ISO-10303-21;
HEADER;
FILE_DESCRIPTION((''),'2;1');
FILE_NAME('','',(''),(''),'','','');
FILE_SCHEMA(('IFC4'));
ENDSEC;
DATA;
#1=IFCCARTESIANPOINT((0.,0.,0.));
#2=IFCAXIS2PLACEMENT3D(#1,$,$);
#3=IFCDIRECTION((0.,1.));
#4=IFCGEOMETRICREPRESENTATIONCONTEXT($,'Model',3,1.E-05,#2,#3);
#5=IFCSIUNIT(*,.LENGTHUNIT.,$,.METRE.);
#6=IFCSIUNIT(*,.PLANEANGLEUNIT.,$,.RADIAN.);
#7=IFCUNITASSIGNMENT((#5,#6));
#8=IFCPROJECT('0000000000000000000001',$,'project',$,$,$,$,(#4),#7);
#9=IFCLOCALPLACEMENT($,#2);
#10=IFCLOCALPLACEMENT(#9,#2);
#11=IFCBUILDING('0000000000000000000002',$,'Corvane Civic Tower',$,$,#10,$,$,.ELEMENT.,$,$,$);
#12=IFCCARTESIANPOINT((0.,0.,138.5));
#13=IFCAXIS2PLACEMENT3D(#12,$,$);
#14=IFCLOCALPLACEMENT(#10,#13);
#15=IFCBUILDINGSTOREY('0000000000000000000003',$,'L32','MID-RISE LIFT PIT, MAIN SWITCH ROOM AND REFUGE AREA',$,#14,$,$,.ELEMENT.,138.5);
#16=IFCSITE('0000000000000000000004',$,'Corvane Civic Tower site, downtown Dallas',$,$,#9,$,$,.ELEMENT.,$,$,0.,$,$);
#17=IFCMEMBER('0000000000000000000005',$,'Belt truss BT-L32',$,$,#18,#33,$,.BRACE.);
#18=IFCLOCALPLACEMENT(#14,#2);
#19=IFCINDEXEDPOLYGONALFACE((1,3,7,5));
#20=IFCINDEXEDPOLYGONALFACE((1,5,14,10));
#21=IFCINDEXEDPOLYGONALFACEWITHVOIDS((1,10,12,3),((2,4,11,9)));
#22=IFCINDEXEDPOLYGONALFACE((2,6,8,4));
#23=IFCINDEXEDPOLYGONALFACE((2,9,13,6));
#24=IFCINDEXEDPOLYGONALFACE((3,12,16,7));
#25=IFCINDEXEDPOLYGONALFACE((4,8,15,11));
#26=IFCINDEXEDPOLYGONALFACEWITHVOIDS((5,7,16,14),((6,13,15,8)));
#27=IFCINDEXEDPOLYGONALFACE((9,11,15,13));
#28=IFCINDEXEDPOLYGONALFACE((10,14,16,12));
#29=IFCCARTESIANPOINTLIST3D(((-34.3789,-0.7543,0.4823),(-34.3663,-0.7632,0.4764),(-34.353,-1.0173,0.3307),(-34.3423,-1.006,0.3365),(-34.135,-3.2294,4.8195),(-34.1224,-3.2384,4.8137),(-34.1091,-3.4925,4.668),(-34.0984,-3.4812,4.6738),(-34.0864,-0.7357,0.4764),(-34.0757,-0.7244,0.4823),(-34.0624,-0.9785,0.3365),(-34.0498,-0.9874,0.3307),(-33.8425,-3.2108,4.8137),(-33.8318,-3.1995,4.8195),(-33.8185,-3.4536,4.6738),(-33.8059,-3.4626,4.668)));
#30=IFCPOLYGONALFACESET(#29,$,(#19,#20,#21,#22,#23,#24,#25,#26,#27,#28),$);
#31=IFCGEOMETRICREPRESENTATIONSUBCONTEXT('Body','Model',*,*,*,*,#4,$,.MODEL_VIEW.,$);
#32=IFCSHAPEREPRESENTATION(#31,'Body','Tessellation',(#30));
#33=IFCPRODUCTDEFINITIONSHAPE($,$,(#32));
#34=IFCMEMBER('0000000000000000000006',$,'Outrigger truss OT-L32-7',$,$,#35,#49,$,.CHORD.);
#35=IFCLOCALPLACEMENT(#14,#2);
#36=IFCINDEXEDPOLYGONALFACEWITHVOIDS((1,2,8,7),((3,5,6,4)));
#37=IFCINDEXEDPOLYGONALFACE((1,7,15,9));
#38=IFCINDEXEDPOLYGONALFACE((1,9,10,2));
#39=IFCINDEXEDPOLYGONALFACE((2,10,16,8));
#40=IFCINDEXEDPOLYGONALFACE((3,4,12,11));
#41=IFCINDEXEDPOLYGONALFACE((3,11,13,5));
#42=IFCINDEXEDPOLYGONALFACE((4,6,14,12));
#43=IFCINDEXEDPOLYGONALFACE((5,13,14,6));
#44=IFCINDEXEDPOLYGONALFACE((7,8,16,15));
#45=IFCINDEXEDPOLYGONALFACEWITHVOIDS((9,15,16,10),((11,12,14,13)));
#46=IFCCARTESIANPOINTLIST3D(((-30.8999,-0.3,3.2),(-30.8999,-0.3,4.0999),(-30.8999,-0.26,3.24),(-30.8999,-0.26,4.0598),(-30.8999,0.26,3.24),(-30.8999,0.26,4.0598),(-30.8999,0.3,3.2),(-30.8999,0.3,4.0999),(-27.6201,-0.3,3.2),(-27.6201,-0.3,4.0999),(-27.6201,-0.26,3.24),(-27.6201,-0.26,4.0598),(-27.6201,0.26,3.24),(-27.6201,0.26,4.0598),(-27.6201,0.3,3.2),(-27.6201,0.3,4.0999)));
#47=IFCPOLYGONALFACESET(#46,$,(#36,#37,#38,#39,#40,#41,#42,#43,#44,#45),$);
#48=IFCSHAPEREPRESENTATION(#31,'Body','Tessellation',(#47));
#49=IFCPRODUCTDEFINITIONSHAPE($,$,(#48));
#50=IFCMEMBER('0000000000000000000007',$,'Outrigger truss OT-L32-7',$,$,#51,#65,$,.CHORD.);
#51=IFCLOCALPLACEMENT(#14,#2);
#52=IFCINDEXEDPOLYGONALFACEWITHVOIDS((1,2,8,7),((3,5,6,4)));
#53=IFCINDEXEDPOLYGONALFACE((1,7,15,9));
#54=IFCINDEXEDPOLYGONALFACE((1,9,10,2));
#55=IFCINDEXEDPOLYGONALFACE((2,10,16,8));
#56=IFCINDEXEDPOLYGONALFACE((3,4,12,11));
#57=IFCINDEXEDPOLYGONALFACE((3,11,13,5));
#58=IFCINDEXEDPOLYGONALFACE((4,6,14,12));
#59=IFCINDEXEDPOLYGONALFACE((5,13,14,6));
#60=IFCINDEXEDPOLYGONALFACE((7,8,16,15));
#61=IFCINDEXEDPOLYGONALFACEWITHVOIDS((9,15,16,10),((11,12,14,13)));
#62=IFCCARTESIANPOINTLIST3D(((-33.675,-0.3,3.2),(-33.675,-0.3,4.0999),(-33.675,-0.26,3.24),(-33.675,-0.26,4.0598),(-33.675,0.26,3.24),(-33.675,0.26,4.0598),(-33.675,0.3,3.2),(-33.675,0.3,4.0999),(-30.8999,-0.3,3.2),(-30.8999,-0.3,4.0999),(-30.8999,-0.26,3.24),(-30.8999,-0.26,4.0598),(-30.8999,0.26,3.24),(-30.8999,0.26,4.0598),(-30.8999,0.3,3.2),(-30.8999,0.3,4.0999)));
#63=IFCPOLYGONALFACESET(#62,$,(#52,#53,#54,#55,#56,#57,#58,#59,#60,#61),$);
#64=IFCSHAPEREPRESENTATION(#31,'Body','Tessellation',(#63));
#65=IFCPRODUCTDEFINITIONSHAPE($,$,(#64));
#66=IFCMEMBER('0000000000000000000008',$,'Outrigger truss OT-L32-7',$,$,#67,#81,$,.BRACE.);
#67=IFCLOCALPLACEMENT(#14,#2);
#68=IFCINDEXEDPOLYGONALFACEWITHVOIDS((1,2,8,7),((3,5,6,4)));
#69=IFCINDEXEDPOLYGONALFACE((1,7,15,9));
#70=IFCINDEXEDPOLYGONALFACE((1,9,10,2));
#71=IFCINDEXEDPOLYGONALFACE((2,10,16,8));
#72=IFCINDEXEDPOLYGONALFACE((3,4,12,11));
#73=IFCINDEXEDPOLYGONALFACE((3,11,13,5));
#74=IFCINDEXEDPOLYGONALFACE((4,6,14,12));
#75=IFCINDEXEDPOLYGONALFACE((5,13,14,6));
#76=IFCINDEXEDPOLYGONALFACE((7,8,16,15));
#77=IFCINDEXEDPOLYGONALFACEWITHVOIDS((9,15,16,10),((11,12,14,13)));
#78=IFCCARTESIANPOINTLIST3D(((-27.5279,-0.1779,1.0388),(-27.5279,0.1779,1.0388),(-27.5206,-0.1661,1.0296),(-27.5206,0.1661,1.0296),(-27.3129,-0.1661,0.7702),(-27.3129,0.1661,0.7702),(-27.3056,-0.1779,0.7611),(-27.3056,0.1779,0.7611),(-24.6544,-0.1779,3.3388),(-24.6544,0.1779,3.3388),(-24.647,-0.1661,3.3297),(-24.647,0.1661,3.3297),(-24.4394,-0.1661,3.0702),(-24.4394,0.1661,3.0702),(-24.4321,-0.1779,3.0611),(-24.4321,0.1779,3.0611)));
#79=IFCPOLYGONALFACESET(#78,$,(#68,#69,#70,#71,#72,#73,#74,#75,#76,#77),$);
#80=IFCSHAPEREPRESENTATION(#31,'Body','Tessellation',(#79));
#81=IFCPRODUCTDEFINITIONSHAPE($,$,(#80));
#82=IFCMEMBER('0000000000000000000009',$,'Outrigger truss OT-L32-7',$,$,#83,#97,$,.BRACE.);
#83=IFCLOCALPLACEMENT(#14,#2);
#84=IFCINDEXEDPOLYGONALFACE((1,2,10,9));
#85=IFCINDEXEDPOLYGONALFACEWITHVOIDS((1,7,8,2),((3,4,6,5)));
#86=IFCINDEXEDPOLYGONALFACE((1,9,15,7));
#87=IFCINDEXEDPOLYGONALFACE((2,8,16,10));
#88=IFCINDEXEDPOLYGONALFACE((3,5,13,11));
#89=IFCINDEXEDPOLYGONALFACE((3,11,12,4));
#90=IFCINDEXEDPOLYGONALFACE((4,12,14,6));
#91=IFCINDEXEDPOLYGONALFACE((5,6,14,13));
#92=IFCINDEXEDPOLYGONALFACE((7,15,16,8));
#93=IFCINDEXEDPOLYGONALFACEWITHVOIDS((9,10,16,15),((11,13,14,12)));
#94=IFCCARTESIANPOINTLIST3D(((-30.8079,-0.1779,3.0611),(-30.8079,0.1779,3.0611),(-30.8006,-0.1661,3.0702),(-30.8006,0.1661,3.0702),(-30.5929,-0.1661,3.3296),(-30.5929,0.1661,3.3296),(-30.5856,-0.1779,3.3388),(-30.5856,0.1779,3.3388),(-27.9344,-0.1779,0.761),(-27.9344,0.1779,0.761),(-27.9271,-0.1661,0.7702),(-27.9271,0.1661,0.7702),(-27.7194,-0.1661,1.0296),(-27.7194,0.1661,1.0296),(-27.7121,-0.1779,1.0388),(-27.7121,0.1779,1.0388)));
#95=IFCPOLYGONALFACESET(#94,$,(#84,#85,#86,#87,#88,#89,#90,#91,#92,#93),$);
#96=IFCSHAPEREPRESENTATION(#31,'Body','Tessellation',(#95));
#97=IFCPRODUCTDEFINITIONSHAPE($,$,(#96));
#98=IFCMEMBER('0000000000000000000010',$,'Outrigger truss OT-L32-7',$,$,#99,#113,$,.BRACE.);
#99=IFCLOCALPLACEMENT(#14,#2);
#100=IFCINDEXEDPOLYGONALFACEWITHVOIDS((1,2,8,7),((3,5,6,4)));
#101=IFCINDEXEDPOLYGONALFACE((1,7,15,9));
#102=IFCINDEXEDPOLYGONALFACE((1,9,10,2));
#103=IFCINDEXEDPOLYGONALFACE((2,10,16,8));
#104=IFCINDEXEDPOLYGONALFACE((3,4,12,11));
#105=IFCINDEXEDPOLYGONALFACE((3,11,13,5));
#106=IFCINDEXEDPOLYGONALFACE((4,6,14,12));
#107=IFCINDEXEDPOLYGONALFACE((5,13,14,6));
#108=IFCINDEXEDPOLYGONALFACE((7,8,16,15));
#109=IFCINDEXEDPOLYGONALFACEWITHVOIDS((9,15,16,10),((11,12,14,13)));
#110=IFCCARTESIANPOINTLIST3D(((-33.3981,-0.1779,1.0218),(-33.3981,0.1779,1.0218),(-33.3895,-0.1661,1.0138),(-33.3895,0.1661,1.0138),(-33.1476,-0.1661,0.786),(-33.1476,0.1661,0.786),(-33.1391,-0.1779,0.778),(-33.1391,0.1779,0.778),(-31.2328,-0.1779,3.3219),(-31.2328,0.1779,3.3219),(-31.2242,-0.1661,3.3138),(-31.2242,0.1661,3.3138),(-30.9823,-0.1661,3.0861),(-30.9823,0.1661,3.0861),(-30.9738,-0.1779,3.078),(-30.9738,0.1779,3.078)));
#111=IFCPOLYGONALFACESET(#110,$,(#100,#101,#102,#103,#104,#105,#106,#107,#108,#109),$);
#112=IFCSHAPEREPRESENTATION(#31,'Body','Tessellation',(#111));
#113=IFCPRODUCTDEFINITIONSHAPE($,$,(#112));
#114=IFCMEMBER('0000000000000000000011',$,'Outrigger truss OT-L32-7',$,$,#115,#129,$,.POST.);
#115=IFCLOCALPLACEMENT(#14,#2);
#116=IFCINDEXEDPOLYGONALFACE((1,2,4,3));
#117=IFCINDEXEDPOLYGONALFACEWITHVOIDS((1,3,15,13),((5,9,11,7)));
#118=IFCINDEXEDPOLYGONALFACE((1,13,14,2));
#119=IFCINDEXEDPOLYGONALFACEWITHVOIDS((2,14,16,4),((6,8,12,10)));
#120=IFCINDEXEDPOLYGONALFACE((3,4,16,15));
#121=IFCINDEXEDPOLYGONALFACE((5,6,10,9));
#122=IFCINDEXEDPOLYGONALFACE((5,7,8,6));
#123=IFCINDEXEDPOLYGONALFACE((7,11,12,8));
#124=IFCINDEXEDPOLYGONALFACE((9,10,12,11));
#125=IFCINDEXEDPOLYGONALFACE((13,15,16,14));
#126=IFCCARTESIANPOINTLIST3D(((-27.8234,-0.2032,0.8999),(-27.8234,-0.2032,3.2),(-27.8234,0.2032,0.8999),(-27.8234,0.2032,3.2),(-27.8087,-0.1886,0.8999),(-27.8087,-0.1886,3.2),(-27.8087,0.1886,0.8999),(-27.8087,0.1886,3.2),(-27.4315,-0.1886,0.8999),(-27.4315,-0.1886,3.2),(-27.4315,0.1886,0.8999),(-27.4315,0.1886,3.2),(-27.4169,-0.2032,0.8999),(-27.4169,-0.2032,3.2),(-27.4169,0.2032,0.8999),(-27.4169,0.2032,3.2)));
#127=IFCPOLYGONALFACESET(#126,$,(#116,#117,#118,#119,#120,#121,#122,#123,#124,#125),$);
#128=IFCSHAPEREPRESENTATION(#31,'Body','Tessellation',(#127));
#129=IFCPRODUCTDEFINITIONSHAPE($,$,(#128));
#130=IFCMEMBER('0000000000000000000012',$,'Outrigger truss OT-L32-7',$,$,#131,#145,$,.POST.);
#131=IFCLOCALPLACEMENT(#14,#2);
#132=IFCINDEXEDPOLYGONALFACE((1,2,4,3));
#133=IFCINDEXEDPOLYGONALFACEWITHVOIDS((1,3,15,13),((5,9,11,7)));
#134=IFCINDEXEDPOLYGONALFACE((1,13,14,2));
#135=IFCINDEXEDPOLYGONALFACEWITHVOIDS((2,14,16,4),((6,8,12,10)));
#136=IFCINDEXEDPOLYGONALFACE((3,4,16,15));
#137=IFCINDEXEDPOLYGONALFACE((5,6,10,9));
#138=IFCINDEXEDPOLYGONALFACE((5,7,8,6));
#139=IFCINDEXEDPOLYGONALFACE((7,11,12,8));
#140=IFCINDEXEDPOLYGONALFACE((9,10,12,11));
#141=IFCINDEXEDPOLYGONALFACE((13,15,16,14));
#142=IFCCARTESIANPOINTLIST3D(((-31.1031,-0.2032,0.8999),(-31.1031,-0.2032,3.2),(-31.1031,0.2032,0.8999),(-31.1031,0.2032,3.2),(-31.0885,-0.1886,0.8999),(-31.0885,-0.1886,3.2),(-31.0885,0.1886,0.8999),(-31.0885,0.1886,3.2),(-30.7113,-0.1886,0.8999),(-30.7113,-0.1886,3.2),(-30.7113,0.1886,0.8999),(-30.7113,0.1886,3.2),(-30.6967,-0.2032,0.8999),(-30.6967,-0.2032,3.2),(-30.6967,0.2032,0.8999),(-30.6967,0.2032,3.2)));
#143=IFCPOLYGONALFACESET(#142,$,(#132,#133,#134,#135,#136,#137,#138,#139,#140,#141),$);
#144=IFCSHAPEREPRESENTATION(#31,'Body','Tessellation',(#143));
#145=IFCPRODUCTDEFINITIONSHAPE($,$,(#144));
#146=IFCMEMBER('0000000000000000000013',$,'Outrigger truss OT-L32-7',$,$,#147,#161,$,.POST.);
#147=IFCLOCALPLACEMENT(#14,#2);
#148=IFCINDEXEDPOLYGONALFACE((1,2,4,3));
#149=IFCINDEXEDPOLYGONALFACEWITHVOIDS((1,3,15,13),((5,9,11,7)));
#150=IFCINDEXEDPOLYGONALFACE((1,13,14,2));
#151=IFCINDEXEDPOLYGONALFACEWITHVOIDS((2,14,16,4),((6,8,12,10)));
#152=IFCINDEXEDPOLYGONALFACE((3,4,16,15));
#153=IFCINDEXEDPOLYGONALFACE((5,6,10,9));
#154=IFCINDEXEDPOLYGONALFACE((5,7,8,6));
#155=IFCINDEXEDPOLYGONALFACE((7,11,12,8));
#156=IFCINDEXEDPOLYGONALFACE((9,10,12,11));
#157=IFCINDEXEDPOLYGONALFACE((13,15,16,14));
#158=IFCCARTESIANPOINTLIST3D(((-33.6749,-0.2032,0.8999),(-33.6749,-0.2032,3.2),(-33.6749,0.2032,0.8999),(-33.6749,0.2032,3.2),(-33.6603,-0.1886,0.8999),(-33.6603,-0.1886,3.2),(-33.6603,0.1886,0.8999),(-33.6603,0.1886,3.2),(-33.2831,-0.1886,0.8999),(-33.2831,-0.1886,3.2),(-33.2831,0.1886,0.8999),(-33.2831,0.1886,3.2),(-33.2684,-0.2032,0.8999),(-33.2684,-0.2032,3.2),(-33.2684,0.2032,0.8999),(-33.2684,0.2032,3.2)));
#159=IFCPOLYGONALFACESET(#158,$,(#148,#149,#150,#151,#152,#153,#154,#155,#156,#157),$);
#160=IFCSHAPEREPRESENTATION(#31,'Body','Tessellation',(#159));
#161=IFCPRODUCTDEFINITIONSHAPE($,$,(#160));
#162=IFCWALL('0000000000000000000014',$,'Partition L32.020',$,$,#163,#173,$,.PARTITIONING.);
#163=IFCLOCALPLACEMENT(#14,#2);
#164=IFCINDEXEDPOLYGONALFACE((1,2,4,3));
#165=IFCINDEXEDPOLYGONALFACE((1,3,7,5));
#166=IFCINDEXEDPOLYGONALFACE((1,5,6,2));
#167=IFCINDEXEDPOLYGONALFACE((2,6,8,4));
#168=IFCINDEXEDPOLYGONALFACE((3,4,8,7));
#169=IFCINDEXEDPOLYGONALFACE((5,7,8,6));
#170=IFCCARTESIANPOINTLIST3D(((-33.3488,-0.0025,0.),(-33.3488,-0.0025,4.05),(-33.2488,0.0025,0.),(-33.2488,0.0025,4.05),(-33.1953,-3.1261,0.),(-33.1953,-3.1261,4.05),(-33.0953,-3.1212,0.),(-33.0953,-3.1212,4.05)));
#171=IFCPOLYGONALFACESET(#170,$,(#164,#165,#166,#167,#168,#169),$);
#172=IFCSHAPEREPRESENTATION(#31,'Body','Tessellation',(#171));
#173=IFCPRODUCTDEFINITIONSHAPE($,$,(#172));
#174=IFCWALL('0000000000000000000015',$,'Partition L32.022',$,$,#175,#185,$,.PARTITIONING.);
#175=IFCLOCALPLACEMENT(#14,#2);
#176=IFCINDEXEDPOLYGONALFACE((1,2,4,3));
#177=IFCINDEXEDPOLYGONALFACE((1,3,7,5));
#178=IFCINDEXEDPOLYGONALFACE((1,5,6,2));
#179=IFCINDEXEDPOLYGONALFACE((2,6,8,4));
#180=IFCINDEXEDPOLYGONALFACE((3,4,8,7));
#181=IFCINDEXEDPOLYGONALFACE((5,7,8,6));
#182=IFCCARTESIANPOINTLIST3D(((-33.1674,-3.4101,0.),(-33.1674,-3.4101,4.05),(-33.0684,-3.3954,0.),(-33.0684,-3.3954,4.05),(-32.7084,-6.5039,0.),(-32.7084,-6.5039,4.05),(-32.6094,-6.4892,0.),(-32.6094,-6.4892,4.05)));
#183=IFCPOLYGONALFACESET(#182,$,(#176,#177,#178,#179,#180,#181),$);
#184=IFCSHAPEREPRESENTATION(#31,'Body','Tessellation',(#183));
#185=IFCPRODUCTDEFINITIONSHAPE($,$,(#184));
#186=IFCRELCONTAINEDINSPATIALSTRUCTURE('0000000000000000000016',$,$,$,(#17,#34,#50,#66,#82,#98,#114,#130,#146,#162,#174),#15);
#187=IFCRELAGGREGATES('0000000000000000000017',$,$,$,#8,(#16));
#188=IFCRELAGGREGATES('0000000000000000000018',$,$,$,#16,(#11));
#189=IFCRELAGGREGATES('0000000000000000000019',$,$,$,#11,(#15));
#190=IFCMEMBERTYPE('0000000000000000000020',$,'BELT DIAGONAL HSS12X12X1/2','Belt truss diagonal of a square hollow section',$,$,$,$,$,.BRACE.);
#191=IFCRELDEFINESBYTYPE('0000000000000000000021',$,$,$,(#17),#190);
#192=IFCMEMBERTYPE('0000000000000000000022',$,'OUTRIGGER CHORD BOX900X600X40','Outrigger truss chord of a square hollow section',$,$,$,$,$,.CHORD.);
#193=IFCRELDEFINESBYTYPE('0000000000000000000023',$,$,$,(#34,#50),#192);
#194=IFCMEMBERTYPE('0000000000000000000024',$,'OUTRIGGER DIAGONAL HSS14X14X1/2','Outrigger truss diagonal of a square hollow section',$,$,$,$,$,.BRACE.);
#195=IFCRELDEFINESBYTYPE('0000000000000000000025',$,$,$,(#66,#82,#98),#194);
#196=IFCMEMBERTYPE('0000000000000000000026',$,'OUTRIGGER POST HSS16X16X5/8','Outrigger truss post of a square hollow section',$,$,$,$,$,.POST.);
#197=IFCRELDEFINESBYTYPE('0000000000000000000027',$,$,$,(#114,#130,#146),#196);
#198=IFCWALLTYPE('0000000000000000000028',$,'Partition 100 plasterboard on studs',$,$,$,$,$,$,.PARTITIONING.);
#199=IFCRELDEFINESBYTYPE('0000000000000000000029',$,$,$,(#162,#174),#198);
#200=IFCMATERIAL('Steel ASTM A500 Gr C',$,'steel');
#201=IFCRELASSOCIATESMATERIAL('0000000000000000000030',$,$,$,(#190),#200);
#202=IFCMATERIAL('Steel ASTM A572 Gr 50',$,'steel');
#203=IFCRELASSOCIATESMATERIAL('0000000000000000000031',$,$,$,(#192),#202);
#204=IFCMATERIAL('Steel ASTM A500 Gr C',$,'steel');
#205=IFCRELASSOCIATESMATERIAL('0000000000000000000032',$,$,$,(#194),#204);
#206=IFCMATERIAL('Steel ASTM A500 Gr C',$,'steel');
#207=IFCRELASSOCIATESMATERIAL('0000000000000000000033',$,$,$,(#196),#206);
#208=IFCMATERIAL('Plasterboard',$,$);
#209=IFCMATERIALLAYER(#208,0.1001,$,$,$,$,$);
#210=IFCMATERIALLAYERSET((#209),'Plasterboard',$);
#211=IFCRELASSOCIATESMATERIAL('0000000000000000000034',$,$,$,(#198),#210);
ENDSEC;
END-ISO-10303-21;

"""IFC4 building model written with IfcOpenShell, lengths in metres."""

from ifc_helpers import new_model, si_unit, direction, frame, frame_2d, origin, origin_2d, place, context, subcontext, project, spatial, rectangle, hollow_rectangle, extrude, material, layer, layer_set, material_profile, profile_set, type_object, element, save


model = new_model("IFC4")

# Units and contexts
model_context = context("Model", 3, precision=1e-05, world=origin(), true_north=direction((0.0, 1.0)))
body_context = subcontext(model_context, "Body", "Model", "MODEL_VIEW")
ifc_project = project(units=[si_unit("LENGTHUNIT", "METRE"), si_unit("PLANEANGLEUNIT", "RADIAN")], contexts=[model_context])

# Site, building, storey
site_placement = place(None, origin())
site = spatial("IfcSite", under=ifc_project, at=site_placement, Name="Corvane Civic Tower site, downtown Dallas", CompositionType="ELEMENT", RefElevation=0.0)
building_placement = place(site_placement, origin())
building = spatial("IfcBuilding", under=site, at=building_placement, Name="Corvane Civic Tower", CompositionType="ELEMENT")
storey_placement = place(building_placement, frame((0.0, 0.0, 138.5)))
storey = spatial("IfcBuildingStorey", under=building, at=storey_placement, Name="L32", Description="MID-RISE LIFT PIT, MAIN SWITCH ROOM AND REFUGE AREA", CompositionType="ELEMENT", Elevation=138.5)

# Members
ifc_material_1 = material(Name="Steel ASTM A500 Gr C", Category="steel")
ifc_material_profile_1 = material_profile(ifc_material_1, hollow_rectangle(XDim=0.3047, YDim=0.3047, WallThickness=0.0117, at=origin_2d()), Name="HSS12X12X1/2")
ifc_profile_set_1 = profile_set([ifc_material_profile_1], Name="Steel ASTM A500 Gr C")
member_type_1 = type_object("IfcMemberType", Name="BELT DIAGONAL HSS12X12X1/2", Description="Belt truss diagonal of a square hollow section", PredefinedType="BRACE", material=ifc_profile_set_1)
member_1_placement = place(storey_placement, frame((-34.2144, -0.8708, 0.4065), z_axis=(0.048783, -0.495054, 0.867492), x_axis=(0.99518, 0.098065, 0.0)))
element("IfcMember", 1, at=member_1_placement, inside=storey, type_object=member_type_1, Name="Belt truss BT-L32", PredefinedType="BRACE", context=body_context, shape_type="SweptSolid", body=[
    extrude(hollow_rectangle(XDim=0.3047, YDim=0.3047, WallThickness=0.0117, at=origin_2d()), origin(), (0.0, 0.0, 1.0), 4.9998),
])
ifc_material_2 = material(Name="Steel ASTM A572 Gr 50", Category="steel")
ifc_material_profile_2 = material_profile(ifc_material_2, hollow_rectangle(XDim=0.6001, YDim=0.8999, WallThickness=0.04, at=origin_2d()), Name="BOX900X600X40")
ifc_profile_set_2 = profile_set([ifc_material_profile_2], Name="Steel ASTM A572 Gr 50")
member_type_2 = type_object("IfcMemberType", Name="OUTRIGGER CHORD BOX900X600X40", Description="Outrigger truss chord of a square hollow section", PredefinedType="CHORD", material=ifc_profile_set_2)
member_2_placement = place(storey_placement, frame((-27.6201, 0.0, 3.6499), z_axis=(-1.0, 0.0, 0.0), x_axis=(0.0, -1.0, 0.0)))
element("IfcMember", 2, at=member_2_placement, inside=storey, type_object=member_type_2, Name="Outrigger truss OT-L32-7", PredefinedType="CHORD", context=body_context, shape_type="SweptSolid", body=[
    extrude(hollow_rectangle(XDim=0.6001, YDim=0.8999, WallThickness=0.04, at=origin_2d()), origin(), (0.0, 0.0, 1.0), 3.2798),
])
member_3_placement = place(storey_placement, frame((-30.8999, 0.0, 3.6499), z_axis=(-1.0, 0.0, 0.0), x_axis=(0.0, -1.0, 0.0)))
element("IfcMember", 3, at=member_3_placement, inside=storey, type_object=member_type_2, Name="Outrigger truss OT-L32-7", PredefinedType="CHORD", context=body_context, shape_type="SweptSolid", body=[
    extrude(hollow_rectangle(XDim=0.6001, YDim=0.8999, WallThickness=0.04, at=origin_2d()), origin(), (0.0, 0.0, 1.0), 2.7751),
])
ifc_material_3 = material(Name="Steel ASTM A500 Gr C", Category="steel")
ifc_material_profile_3 = material_profile(ifc_material_3, hollow_rectangle(XDim=0.3557, YDim=0.3557, WallThickness=0.0117, at=origin_2d()), Name="HSS14X14X1/2")
ifc_profile_set_3 = profile_set([ifc_material_profile_3], Name="Steel ASTM A500 Gr C")
member_type_3 = type_object("IfcMemberType", Name="OUTRIGGER DIAGONAL HSS14X14X1/2", Description="Outrigger truss diagonal of a square hollow section", PredefinedType="BRACE", material=ifc_profile_set_3)
for number, where, z_axis, x_axis, name in (
    (4, (-24.5432, 0.0, 3.2), (-0.780707, 0.0, -0.624897), (0.0, -1.0, 0.0), "Outrigger truss OT-L32-7"),
    (5, (-27.8232, 0.0, 0.8999), (-0.780707, 0.0, 0.624897), (0.0, -1.0, 0.0), "Outrigger truss OT-L32-7"),
):
    element("IfcMember", number, at=place(storey_placement, frame(where, z_axis=z_axis, x_axis=x_axis)), inside=storey, type_object=member_type_3, Name=name, PredefinedType="BRACE", context=body_context, shape_type="SweptSolid", body=[
        extrude(hollow_rectangle(XDim=0.3557, YDim=0.3557, WallThickness=0.0117, at=origin_2d()), origin(), (0.0, 0.0, 1.0), 3.6807),
    ])
member_4_placement = place(storey_placement, frame((-31.1033, 0.0, 3.2), z_axis=(-0.685454, 0.0, -0.728116), x_axis=(0.0, -1.0, 0.0)))
element("IfcMember", 6, at=member_4_placement, inside=storey, type_object=member_type_3, Name="Outrigger truss OT-L32-7", PredefinedType="BRACE", context=body_context, shape_type="SweptSolid", body=[
    extrude(hollow_rectangle(XDim=0.3557, YDim=0.3557, WallThickness=0.0117, at=origin_2d()), origin(), (0.0, 0.0, 1.0), 3.1589),
])
ifc_material_4 = material(Name="Steel ASTM A500 Gr C", Category="steel")
ifc_material_profile_4 = material_profile(ifc_material_4, hollow_rectangle(XDim=0.4065, YDim=0.4065, WallThickness=0.0146, at=origin_2d()), Name="HSS16X16X5/8")
ifc_profile_set_4 = profile_set([ifc_material_profile_4], Name="Steel ASTM A500 Gr C")
member_type_4 = type_object("IfcMemberType", Name="OUTRIGGER POST HSS16X16X5/8", Description="Outrigger truss post of a square hollow section", PredefinedType="POST", material=ifc_profile_set_4)
for number, where, z_axis, x_axis, name in (
    (7, (-27.6201, 0.0, 0.8999), (0.0, 0.0, 1.0), (1.0, 0.0, 0.0), "Outrigger truss OT-L32-7"),
    (8, (-30.8999, 0.0, 0.8999), (0.0, 0.0, 1.0), (1.0, 0.0, 0.0), "Outrigger truss OT-L32-7"),
    (9, (-33.4717, 0.0, 0.8999), (0.0, 0.0, 1.0), (1.0, 0.0, 0.0), "Outrigger truss OT-L32-7"),
):
    element("IfcMember", number, at=place(storey_placement, frame(where, z_axis=z_axis, x_axis=x_axis)), inside=storey, type_object=member_type_4, Name=name, PredefinedType="POST", context=body_context, shape_type="SweptSolid", body=[
        extrude(hollow_rectangle(XDim=0.4065, YDim=0.4065, WallThickness=0.0146, at=origin_2d()), origin(), (0.0, 0.0, 1.0), 2.3),
    ])

# Walls
ifc_material_5 = material(Name="Plasterboard")
ifc_layer_1 = layer(ifc_material_5, 0.1001)
ifc_layer_set_1 = layer_set([ifc_layer_1], Name="Plasterboard")
wall_type_1 = type_object("IfcWallType", Name="Partition 100 plasterboard on studs", PredefinedType="PARTITIONING", material=ifc_layer_set_1)
wall_1_placement = place(storey_placement, frame((-33.2988, 0.0, 0.0), z_axis=(0.0, 0.0, 1.0), x_axis=(0.049101, -0.998794, 0.0)))
element("IfcWall", 10, at=wall_1_placement, inside=storey, type_object=wall_type_1, Name="Partition L32.020", PredefinedType="PARTITIONING", context=body_context, shape_type="SweptSolid", body=[
    extrude(rectangle(XDim=3.1274, YDim=0.1001, at=frame_2d((1.5637, 0.0))), origin(), (0.0, 0.0, 1.0), 4.05),
])
wall_2_placement = place(storey_placement, frame((-33.1179, -3.4026, 0.0), z_axis=(0.0, 0.0, 1.0), x_axis=(0.146752, -0.989173, 0.0)))
element("IfcWall", 11, at=wall_2_placement, inside=storey, type_object=wall_type_1, Name="Partition L32.022", PredefinedType="PARTITIONING", context=body_context, shape_type="SweptSolid", body=[
    extrude(rectangle(XDim=3.1277, YDim=0.1001, at=frame_2d((1.564, 0.0))), origin(), (0.0, 0.0, 1.0), 4.05),
])

save(model, "model.ifc")
